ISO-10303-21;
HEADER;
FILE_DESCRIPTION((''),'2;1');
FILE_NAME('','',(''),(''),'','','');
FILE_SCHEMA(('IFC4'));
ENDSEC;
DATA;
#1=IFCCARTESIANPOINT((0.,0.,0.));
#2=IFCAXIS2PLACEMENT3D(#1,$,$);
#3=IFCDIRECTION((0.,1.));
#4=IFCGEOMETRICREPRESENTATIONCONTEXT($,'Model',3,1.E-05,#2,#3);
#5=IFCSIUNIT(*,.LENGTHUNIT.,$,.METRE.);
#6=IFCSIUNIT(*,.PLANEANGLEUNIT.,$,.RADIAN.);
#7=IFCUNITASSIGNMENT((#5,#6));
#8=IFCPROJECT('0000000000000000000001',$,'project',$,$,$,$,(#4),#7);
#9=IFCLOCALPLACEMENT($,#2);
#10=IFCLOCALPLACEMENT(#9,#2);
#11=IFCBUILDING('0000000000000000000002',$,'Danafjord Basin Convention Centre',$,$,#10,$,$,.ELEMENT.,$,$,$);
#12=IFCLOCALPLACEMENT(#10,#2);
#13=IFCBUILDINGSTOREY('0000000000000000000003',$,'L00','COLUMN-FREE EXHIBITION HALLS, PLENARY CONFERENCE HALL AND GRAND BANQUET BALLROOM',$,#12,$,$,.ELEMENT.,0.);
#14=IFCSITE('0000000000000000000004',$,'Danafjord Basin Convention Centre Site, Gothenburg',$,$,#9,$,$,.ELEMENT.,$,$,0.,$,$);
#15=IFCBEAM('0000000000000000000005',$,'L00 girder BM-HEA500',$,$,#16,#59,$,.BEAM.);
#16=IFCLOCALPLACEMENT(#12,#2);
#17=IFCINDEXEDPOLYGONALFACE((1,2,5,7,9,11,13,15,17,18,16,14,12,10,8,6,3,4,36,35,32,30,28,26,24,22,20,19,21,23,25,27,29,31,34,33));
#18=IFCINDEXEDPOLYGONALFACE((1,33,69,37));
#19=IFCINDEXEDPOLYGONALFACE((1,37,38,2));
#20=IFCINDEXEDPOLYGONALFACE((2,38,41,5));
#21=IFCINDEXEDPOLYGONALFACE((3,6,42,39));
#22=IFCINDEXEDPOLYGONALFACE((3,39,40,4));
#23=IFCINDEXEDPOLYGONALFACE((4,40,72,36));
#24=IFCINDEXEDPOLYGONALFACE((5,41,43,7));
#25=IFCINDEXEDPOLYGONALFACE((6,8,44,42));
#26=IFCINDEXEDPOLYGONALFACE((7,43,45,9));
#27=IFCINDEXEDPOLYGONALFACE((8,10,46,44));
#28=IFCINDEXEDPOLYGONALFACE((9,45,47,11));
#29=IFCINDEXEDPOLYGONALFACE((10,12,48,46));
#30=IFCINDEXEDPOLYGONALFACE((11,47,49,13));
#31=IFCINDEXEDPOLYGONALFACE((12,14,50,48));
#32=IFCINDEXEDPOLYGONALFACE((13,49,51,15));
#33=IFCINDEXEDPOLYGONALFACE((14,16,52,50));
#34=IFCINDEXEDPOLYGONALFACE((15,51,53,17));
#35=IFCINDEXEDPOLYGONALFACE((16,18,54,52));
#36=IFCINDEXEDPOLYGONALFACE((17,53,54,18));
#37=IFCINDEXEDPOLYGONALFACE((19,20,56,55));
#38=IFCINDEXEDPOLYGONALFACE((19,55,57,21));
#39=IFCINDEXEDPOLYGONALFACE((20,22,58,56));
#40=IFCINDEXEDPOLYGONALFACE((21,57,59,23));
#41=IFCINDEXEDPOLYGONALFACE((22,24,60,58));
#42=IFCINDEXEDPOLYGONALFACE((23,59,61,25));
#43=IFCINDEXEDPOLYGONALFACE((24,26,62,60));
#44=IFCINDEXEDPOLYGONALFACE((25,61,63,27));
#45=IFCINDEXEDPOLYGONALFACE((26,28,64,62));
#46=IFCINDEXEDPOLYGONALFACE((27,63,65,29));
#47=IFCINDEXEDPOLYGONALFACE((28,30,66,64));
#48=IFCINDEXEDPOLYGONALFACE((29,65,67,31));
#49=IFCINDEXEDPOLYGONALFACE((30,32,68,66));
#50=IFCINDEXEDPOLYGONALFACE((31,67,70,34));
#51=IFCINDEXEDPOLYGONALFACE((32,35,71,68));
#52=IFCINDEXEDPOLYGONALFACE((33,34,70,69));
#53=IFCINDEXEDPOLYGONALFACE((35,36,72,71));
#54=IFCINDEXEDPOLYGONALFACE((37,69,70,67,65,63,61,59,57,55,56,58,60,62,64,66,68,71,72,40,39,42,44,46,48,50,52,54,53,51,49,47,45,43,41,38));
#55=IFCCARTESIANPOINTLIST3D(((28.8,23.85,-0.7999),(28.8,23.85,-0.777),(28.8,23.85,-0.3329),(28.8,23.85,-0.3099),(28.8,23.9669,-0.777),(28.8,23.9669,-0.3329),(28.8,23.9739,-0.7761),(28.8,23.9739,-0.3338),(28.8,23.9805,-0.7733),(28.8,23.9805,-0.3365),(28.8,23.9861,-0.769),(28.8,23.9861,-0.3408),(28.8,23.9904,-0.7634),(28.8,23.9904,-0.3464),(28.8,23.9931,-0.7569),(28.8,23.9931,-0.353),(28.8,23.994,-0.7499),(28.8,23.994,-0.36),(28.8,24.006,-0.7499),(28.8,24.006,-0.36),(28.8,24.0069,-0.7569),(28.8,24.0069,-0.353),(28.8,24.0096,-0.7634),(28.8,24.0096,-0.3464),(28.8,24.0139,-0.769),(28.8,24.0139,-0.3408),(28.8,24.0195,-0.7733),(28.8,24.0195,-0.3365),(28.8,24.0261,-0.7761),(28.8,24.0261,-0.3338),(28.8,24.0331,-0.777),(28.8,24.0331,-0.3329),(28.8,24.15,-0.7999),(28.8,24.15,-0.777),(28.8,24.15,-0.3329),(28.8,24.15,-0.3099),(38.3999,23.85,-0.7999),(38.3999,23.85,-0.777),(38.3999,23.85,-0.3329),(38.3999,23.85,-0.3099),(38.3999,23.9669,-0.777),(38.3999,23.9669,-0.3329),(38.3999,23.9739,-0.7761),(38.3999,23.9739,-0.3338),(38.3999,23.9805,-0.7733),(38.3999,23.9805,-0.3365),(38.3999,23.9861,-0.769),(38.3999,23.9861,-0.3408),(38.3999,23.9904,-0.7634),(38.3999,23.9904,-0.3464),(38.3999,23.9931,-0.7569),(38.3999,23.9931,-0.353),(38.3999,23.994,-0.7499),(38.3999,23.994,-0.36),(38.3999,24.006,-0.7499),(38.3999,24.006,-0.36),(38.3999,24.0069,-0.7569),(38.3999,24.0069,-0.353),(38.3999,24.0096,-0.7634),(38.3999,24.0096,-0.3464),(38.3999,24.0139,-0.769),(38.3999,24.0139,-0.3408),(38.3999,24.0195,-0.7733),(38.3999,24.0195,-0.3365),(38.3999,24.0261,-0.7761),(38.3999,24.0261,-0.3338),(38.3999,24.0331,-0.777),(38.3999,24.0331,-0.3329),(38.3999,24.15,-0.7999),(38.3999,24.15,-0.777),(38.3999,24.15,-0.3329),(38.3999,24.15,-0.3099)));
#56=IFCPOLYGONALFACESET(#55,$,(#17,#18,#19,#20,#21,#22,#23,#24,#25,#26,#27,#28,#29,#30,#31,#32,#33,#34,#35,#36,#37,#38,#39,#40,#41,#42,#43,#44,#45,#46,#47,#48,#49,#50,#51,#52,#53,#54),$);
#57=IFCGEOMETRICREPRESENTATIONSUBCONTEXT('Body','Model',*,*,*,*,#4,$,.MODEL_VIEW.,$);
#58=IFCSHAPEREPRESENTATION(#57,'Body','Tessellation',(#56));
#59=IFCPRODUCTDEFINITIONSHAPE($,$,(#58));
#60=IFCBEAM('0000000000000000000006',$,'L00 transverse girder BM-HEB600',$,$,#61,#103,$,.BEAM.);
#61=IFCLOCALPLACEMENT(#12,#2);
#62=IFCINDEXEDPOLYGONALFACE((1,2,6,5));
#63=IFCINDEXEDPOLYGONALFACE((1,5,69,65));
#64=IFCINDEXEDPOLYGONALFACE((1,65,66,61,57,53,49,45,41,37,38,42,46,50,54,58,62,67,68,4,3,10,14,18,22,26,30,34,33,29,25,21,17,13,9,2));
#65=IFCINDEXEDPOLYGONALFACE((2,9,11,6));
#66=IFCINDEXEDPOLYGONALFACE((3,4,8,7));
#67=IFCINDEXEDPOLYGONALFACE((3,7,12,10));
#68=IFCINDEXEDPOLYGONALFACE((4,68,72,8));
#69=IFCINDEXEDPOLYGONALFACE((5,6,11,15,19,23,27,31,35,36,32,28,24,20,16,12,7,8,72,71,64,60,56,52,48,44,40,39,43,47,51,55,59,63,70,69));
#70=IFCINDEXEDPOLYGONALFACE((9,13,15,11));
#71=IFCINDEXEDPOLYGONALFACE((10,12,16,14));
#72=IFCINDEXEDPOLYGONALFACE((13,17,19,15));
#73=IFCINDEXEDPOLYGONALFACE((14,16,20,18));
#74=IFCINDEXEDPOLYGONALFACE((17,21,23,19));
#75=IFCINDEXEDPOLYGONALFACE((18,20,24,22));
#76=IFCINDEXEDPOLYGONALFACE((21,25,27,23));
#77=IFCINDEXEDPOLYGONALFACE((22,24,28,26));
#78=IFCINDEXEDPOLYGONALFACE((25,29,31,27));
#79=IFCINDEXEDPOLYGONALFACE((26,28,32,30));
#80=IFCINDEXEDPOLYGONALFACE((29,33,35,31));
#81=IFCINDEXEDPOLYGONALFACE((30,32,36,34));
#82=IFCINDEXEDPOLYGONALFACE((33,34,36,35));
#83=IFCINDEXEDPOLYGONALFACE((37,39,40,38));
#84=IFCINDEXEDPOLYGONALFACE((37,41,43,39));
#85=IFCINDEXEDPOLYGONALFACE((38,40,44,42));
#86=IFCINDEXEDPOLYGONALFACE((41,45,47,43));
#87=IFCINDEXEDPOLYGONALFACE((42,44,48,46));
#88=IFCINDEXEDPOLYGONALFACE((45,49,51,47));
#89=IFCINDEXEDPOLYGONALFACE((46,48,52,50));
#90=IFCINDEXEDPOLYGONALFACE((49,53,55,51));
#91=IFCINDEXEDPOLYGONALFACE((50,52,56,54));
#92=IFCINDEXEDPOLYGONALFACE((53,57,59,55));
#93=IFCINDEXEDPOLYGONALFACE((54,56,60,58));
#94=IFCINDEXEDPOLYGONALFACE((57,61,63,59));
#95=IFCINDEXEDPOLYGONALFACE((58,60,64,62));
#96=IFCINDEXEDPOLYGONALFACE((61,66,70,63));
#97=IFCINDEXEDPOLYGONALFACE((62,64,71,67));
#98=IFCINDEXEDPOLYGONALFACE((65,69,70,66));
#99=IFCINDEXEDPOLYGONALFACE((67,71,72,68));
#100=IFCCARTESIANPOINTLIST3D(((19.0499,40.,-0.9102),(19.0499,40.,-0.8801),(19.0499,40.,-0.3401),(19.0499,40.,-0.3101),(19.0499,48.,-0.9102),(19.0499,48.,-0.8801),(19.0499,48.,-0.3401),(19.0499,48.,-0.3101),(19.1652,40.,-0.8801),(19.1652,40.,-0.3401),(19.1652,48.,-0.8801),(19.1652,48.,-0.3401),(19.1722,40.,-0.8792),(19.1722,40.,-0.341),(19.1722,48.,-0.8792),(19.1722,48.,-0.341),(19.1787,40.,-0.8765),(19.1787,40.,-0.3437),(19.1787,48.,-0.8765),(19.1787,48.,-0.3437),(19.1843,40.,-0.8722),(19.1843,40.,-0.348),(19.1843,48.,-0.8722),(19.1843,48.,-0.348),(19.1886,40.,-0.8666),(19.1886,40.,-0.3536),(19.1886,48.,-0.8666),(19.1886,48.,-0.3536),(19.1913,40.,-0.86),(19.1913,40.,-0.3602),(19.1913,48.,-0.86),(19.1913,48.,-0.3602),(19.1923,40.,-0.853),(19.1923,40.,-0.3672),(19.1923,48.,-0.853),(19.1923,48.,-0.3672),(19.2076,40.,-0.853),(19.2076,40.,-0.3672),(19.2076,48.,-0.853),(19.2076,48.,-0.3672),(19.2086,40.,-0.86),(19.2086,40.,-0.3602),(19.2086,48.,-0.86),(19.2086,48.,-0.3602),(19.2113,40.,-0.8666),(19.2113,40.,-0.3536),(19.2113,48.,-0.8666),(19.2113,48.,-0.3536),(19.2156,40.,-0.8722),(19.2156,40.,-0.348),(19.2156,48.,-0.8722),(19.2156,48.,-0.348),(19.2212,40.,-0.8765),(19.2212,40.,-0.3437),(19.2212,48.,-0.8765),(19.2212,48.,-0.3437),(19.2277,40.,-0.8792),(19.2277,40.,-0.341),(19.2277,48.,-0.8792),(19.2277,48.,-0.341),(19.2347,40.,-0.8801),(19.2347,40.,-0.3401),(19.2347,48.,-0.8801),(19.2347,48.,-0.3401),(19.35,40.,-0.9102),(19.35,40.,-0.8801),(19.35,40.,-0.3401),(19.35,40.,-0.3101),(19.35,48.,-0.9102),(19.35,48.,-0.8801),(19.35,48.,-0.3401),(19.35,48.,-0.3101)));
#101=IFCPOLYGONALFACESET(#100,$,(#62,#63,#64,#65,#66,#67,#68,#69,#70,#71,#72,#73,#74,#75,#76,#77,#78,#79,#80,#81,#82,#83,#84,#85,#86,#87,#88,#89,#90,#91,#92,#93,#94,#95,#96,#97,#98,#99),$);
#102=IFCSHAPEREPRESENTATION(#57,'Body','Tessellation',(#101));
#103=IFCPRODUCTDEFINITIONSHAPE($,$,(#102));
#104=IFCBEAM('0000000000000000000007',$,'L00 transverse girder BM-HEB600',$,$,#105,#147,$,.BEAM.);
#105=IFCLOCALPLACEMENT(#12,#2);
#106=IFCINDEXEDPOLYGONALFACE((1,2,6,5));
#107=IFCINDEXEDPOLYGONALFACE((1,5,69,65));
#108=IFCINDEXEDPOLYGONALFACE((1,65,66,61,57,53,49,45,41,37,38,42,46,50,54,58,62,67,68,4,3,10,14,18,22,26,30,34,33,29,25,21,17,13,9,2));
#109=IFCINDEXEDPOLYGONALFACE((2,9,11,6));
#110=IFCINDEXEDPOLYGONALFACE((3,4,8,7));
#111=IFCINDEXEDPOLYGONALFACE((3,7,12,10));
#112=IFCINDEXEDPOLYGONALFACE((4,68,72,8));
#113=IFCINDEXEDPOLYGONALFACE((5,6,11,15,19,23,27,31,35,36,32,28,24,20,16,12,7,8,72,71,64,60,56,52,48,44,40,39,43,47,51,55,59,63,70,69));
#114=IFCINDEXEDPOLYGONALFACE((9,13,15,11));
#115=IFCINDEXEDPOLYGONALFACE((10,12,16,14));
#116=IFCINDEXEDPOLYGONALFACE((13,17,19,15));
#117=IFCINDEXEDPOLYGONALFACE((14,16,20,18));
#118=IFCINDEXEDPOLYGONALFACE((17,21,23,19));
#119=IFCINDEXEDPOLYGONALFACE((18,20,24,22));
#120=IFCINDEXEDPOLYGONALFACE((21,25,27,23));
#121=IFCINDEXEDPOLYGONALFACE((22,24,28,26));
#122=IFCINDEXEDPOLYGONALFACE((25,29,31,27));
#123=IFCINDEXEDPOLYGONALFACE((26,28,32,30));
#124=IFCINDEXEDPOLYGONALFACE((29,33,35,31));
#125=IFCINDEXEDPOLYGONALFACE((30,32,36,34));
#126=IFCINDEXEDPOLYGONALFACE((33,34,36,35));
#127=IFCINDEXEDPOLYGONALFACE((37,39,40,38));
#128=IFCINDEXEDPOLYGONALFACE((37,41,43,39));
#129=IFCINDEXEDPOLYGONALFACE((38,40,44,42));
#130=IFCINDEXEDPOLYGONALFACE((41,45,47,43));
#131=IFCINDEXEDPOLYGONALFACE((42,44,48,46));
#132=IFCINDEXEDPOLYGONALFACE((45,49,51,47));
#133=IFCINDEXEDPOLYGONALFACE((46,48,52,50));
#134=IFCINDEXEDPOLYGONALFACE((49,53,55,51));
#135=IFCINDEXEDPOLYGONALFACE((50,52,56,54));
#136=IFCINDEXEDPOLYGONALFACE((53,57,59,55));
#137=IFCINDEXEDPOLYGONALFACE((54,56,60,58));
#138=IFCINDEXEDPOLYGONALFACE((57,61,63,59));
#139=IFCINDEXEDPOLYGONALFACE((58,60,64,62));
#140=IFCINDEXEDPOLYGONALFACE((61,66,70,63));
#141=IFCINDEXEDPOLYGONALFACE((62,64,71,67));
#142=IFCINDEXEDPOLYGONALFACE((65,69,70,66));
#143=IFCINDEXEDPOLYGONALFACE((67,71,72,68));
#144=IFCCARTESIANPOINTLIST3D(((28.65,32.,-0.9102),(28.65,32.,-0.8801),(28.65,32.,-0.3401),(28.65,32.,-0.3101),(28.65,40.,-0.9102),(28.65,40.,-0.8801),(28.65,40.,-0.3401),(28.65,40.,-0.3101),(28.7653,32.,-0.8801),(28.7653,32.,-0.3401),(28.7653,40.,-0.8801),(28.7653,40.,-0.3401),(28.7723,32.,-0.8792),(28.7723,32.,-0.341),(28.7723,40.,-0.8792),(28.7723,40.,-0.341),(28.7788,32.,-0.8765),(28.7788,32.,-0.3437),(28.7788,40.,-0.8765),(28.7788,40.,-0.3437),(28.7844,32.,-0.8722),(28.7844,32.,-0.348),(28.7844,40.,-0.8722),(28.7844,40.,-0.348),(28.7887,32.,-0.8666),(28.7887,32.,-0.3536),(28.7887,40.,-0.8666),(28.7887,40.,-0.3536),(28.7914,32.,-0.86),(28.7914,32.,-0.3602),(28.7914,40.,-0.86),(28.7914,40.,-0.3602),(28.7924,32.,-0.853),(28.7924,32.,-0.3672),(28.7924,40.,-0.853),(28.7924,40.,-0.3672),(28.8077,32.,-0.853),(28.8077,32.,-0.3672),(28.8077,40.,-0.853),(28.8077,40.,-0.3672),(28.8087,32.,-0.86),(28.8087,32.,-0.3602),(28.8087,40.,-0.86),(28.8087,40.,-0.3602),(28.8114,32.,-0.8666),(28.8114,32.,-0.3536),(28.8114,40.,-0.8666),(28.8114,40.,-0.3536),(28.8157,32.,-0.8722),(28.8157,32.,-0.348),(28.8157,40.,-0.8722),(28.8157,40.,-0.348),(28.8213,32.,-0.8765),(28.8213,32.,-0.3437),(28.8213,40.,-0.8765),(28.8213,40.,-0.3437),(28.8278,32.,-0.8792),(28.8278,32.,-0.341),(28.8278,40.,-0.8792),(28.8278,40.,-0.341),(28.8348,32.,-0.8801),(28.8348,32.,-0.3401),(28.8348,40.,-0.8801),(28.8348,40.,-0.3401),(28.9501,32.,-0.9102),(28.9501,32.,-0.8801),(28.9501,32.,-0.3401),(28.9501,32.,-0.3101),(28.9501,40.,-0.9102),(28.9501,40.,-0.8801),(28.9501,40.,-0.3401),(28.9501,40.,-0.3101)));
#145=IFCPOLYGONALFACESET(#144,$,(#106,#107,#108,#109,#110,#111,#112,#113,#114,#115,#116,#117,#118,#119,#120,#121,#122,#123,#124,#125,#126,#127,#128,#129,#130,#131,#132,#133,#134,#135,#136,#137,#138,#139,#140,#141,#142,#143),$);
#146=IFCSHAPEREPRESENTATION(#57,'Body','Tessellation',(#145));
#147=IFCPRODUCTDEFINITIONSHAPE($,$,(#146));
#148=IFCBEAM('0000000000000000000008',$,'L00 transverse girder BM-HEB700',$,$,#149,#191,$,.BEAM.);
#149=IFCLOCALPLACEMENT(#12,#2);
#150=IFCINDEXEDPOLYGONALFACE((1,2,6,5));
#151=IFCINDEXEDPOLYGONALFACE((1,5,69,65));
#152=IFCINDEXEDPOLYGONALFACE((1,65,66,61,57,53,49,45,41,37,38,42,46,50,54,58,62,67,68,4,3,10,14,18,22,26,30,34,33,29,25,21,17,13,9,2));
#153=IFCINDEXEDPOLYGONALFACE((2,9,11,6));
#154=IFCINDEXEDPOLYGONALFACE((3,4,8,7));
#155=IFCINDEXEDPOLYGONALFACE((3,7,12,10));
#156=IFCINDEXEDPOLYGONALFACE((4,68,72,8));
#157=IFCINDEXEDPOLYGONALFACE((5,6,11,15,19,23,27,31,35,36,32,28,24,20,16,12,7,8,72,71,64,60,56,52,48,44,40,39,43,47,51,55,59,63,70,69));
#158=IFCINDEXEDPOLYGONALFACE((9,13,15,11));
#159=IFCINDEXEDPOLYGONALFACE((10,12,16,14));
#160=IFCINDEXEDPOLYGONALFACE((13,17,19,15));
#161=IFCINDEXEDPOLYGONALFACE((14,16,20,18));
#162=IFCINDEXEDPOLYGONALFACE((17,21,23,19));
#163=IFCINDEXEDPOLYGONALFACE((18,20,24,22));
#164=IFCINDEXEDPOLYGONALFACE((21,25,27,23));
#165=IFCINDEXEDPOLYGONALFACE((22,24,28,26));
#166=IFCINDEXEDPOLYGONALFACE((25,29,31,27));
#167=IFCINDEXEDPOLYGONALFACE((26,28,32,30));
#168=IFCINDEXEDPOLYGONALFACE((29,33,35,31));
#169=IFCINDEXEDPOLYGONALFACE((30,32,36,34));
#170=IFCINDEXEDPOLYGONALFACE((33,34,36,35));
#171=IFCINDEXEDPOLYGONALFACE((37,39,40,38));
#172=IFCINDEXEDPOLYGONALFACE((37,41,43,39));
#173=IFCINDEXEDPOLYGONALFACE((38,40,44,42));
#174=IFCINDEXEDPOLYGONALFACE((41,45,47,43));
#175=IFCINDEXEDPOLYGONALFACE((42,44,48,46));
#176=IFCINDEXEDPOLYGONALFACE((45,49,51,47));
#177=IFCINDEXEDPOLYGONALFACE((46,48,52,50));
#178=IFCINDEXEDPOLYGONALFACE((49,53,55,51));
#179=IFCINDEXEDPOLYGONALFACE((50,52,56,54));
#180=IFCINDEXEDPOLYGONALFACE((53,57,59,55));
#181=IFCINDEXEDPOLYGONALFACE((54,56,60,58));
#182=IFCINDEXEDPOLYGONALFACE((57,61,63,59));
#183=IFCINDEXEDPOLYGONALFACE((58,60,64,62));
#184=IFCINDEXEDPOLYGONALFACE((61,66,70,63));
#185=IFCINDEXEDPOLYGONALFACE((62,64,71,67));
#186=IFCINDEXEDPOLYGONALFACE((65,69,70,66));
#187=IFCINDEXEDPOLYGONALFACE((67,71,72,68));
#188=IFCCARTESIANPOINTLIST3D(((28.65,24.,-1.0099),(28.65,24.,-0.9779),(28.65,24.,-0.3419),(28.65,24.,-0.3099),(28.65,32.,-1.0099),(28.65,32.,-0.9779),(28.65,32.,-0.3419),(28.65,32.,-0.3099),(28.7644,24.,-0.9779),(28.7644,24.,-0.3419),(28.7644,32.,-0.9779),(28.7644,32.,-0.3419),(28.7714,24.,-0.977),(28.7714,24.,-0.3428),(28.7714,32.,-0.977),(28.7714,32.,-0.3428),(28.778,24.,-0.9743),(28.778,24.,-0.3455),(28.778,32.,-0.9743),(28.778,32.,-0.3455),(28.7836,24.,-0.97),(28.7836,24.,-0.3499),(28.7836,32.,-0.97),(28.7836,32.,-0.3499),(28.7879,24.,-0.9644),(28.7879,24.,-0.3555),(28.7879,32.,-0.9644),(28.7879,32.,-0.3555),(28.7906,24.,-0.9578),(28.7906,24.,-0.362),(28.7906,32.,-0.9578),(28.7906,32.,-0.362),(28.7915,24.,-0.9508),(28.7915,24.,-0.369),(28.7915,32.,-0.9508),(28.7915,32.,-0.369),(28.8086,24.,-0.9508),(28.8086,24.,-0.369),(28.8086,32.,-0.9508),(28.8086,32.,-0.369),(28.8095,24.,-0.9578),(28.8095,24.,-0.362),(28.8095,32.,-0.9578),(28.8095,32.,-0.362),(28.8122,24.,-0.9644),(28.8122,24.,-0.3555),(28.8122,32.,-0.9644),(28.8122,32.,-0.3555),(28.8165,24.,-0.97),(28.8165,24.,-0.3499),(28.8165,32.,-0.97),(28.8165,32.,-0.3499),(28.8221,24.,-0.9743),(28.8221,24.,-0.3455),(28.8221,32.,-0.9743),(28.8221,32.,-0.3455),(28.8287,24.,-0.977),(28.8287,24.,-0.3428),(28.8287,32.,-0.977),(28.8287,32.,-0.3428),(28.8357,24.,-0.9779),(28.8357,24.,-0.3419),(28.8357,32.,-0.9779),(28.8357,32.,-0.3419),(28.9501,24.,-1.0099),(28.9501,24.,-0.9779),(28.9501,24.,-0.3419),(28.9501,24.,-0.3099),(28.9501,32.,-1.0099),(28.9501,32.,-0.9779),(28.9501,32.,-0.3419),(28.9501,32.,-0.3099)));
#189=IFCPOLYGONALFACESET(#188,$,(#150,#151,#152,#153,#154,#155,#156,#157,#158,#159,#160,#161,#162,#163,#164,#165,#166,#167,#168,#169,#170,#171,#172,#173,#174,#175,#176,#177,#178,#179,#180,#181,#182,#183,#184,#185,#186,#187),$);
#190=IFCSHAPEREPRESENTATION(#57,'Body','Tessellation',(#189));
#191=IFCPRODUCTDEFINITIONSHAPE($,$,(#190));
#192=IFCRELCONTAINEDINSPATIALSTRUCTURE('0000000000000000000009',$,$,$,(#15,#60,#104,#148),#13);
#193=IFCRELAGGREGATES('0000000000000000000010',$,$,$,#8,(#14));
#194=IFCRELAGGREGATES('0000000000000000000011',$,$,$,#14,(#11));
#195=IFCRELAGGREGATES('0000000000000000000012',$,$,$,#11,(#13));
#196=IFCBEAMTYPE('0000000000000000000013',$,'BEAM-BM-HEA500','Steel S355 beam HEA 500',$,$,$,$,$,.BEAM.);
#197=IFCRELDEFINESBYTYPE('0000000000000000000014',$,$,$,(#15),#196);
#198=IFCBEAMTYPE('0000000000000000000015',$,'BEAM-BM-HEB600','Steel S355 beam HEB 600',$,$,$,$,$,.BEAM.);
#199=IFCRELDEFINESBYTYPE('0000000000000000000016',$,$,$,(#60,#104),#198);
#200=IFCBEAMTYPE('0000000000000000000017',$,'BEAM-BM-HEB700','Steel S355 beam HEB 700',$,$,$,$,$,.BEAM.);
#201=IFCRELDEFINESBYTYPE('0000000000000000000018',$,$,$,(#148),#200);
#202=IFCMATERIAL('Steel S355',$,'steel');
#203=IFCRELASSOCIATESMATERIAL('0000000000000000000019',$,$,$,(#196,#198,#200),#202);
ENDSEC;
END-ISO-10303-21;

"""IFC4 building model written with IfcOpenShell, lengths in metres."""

from ifc_helpers import new_model, si_unit, direction, frame, origin, origin_2d, place, context, subcontext, project, spatial, i_section, extrude, material, material_profile, profile_set, type_object, element, save


model = new_model("IFC4")

# Units and contexts
model_context = context("Model", 3, precision=1e-05, world=origin(), true_north=direction((0.0, 1.0)))
body_context = subcontext(model_context, "Body", "Model", "MODEL_VIEW")
ifc_project = project(units=[si_unit("LENGTHUNIT", "METRE"), si_unit("PLANEANGLEUNIT", "RADIAN")], contexts=[model_context])

# Site, building, storey
site_placement = place(None, origin())
site = spatial("IfcSite", under=ifc_project, at=site_placement, Name="Danafjord Basin Convention Centre Site, Gothenburg", CompositionType="ELEMENT", RefElevation=0.0)
building_placement = place(site_placement, origin())
building = spatial("IfcBuilding", under=site, at=building_placement, Name="Danafjord Basin Convention Centre", CompositionType="ELEMENT")
storey_placement = place(building_placement, origin())
storey = spatial("IfcBuildingStorey", under=building, at=storey_placement, Name="L00", Description="COLUMN-FREE EXHIBITION HALLS, PLENARY CONFERENCE HALL AND GRAND BANQUET BALLROOM", CompositionType="ELEMENT", Elevation=0.0)

# Shared definitions
ifc_material_1 = material(Name="Steel S355", Category="steel")

# Beams
ifc_material_profile_1 = material_profile(ifc_material_1, i_section(OverallWidth=0.3, OverallDepth=0.49, WebThickness=0.012, FlangeThickness=0.0229, FilletRadius=0.0271, at=origin_2d()), Name="HEA 500")
ifc_profile_set_1 = profile_set([ifc_material_profile_1], Name="Steel S355")
beam_type_1 = type_object("IfcBeamType", Name="BEAM-BM-HEA500", Description="Steel S355 beam HEA 500", PredefinedType="BEAM", material=ifc_profile_set_1)
beam_1_placement = place(storey_placement, frame((28.8, 24.0, -0.5549), z_axis=(1.0, 0.0, 0.0), x_axis=(0.0, 1.0, 0.0)))
element("IfcBeam", 1, at=beam_1_placement, inside=storey, type_object=beam_type_1, Name="L00 girder BM-HEA500", PredefinedType="BEAM", context=body_context, shape_type="SweptSolid", body=[
    extrude(i_section(OverallWidth=0.3, OverallDepth=0.49, WebThickness=0.012, FlangeThickness=0.0229, FilletRadius=0.0271, at=origin_2d()), origin(), (0.0, 0.0, 1.0), 9.5999),
])
ifc_material_profile_2 = material_profile(ifc_material_1, i_section(OverallWidth=0.3, OverallDepth=0.6001, WebThickness=0.0154, FlangeThickness=0.03, FilletRadius=0.0271, at=origin_2d()), Name="HEB 600")
ifc_profile_set_2 = profile_set([ifc_material_profile_2], Name="Steel S355")
beam_type_2 = type_object("IfcBeamType", Name="BEAM-BM-HEB600", Description="Steel S355 beam HEB 600", PredefinedType="BEAM", material=ifc_profile_set_2)
for number, where, z_axis, x_axis, name in (
    (2, (19.2, 40.0, -0.6101), (0.0, 1.0, 0.0), (-1.0, 0.0, 0.0), "L00 transverse girder BM-HEB600"),
    (3, (28.8, 32.0, -0.6101), (0.0, 1.0, 0.0), (-1.0, 0.0, 0.0), "L00 transverse girder BM-HEB600"),
):
    element("IfcBeam", number, at=place(storey_placement, frame(where, z_axis=z_axis, x_axis=x_axis)), inside=storey, type_object=beam_type_2, Name=name, PredefinedType="BEAM", context=body_context, shape_type="SweptSolid", body=[
        extrude(i_section(OverallWidth=0.3, OverallDepth=0.6001, WebThickness=0.0154, FlangeThickness=0.03, FilletRadius=0.0271, at=origin_2d()), origin(), (0.0, 0.0, 1.0), 8.0),
    ])
ifc_material_profile_3 = material_profile(ifc_material_1, i_section(OverallWidth=0.3, OverallDepth=0.7, WebThickness=0.0171, FlangeThickness=0.032, FilletRadius=0.0271, at=origin_2d()), Name="HEB 700")
ifc_profile_set_3 = profile_set([ifc_material_profile_3], Name="Steel S355")
beam_type_3 = type_object("IfcBeamType", Name="BEAM-BM-HEB700", Description="Steel S355 beam HEB 700", PredefinedType="BEAM", material=ifc_profile_set_3)
beam_2_placement = place(storey_placement, frame((28.8, 24.0, -0.6599), z_axis=(0.0, 1.0, 0.0), x_axis=(-1.0, 0.0, 0.0)))
element("IfcBeam", 4, at=beam_2_placement, inside=storey, type_object=beam_type_3, Name="L00 transverse girder BM-HEB700", PredefinedType="BEAM", context=body_context, shape_type="SweptSolid", body=[
    extrude(i_section(OverallWidth=0.3, OverallDepth=0.7, WebThickness=0.0171, FlangeThickness=0.032, FilletRadius=0.0271, at=origin_2d()), origin(), (0.0, 0.0, 1.0), 8.0),
])

save(model, "model.ifc")
